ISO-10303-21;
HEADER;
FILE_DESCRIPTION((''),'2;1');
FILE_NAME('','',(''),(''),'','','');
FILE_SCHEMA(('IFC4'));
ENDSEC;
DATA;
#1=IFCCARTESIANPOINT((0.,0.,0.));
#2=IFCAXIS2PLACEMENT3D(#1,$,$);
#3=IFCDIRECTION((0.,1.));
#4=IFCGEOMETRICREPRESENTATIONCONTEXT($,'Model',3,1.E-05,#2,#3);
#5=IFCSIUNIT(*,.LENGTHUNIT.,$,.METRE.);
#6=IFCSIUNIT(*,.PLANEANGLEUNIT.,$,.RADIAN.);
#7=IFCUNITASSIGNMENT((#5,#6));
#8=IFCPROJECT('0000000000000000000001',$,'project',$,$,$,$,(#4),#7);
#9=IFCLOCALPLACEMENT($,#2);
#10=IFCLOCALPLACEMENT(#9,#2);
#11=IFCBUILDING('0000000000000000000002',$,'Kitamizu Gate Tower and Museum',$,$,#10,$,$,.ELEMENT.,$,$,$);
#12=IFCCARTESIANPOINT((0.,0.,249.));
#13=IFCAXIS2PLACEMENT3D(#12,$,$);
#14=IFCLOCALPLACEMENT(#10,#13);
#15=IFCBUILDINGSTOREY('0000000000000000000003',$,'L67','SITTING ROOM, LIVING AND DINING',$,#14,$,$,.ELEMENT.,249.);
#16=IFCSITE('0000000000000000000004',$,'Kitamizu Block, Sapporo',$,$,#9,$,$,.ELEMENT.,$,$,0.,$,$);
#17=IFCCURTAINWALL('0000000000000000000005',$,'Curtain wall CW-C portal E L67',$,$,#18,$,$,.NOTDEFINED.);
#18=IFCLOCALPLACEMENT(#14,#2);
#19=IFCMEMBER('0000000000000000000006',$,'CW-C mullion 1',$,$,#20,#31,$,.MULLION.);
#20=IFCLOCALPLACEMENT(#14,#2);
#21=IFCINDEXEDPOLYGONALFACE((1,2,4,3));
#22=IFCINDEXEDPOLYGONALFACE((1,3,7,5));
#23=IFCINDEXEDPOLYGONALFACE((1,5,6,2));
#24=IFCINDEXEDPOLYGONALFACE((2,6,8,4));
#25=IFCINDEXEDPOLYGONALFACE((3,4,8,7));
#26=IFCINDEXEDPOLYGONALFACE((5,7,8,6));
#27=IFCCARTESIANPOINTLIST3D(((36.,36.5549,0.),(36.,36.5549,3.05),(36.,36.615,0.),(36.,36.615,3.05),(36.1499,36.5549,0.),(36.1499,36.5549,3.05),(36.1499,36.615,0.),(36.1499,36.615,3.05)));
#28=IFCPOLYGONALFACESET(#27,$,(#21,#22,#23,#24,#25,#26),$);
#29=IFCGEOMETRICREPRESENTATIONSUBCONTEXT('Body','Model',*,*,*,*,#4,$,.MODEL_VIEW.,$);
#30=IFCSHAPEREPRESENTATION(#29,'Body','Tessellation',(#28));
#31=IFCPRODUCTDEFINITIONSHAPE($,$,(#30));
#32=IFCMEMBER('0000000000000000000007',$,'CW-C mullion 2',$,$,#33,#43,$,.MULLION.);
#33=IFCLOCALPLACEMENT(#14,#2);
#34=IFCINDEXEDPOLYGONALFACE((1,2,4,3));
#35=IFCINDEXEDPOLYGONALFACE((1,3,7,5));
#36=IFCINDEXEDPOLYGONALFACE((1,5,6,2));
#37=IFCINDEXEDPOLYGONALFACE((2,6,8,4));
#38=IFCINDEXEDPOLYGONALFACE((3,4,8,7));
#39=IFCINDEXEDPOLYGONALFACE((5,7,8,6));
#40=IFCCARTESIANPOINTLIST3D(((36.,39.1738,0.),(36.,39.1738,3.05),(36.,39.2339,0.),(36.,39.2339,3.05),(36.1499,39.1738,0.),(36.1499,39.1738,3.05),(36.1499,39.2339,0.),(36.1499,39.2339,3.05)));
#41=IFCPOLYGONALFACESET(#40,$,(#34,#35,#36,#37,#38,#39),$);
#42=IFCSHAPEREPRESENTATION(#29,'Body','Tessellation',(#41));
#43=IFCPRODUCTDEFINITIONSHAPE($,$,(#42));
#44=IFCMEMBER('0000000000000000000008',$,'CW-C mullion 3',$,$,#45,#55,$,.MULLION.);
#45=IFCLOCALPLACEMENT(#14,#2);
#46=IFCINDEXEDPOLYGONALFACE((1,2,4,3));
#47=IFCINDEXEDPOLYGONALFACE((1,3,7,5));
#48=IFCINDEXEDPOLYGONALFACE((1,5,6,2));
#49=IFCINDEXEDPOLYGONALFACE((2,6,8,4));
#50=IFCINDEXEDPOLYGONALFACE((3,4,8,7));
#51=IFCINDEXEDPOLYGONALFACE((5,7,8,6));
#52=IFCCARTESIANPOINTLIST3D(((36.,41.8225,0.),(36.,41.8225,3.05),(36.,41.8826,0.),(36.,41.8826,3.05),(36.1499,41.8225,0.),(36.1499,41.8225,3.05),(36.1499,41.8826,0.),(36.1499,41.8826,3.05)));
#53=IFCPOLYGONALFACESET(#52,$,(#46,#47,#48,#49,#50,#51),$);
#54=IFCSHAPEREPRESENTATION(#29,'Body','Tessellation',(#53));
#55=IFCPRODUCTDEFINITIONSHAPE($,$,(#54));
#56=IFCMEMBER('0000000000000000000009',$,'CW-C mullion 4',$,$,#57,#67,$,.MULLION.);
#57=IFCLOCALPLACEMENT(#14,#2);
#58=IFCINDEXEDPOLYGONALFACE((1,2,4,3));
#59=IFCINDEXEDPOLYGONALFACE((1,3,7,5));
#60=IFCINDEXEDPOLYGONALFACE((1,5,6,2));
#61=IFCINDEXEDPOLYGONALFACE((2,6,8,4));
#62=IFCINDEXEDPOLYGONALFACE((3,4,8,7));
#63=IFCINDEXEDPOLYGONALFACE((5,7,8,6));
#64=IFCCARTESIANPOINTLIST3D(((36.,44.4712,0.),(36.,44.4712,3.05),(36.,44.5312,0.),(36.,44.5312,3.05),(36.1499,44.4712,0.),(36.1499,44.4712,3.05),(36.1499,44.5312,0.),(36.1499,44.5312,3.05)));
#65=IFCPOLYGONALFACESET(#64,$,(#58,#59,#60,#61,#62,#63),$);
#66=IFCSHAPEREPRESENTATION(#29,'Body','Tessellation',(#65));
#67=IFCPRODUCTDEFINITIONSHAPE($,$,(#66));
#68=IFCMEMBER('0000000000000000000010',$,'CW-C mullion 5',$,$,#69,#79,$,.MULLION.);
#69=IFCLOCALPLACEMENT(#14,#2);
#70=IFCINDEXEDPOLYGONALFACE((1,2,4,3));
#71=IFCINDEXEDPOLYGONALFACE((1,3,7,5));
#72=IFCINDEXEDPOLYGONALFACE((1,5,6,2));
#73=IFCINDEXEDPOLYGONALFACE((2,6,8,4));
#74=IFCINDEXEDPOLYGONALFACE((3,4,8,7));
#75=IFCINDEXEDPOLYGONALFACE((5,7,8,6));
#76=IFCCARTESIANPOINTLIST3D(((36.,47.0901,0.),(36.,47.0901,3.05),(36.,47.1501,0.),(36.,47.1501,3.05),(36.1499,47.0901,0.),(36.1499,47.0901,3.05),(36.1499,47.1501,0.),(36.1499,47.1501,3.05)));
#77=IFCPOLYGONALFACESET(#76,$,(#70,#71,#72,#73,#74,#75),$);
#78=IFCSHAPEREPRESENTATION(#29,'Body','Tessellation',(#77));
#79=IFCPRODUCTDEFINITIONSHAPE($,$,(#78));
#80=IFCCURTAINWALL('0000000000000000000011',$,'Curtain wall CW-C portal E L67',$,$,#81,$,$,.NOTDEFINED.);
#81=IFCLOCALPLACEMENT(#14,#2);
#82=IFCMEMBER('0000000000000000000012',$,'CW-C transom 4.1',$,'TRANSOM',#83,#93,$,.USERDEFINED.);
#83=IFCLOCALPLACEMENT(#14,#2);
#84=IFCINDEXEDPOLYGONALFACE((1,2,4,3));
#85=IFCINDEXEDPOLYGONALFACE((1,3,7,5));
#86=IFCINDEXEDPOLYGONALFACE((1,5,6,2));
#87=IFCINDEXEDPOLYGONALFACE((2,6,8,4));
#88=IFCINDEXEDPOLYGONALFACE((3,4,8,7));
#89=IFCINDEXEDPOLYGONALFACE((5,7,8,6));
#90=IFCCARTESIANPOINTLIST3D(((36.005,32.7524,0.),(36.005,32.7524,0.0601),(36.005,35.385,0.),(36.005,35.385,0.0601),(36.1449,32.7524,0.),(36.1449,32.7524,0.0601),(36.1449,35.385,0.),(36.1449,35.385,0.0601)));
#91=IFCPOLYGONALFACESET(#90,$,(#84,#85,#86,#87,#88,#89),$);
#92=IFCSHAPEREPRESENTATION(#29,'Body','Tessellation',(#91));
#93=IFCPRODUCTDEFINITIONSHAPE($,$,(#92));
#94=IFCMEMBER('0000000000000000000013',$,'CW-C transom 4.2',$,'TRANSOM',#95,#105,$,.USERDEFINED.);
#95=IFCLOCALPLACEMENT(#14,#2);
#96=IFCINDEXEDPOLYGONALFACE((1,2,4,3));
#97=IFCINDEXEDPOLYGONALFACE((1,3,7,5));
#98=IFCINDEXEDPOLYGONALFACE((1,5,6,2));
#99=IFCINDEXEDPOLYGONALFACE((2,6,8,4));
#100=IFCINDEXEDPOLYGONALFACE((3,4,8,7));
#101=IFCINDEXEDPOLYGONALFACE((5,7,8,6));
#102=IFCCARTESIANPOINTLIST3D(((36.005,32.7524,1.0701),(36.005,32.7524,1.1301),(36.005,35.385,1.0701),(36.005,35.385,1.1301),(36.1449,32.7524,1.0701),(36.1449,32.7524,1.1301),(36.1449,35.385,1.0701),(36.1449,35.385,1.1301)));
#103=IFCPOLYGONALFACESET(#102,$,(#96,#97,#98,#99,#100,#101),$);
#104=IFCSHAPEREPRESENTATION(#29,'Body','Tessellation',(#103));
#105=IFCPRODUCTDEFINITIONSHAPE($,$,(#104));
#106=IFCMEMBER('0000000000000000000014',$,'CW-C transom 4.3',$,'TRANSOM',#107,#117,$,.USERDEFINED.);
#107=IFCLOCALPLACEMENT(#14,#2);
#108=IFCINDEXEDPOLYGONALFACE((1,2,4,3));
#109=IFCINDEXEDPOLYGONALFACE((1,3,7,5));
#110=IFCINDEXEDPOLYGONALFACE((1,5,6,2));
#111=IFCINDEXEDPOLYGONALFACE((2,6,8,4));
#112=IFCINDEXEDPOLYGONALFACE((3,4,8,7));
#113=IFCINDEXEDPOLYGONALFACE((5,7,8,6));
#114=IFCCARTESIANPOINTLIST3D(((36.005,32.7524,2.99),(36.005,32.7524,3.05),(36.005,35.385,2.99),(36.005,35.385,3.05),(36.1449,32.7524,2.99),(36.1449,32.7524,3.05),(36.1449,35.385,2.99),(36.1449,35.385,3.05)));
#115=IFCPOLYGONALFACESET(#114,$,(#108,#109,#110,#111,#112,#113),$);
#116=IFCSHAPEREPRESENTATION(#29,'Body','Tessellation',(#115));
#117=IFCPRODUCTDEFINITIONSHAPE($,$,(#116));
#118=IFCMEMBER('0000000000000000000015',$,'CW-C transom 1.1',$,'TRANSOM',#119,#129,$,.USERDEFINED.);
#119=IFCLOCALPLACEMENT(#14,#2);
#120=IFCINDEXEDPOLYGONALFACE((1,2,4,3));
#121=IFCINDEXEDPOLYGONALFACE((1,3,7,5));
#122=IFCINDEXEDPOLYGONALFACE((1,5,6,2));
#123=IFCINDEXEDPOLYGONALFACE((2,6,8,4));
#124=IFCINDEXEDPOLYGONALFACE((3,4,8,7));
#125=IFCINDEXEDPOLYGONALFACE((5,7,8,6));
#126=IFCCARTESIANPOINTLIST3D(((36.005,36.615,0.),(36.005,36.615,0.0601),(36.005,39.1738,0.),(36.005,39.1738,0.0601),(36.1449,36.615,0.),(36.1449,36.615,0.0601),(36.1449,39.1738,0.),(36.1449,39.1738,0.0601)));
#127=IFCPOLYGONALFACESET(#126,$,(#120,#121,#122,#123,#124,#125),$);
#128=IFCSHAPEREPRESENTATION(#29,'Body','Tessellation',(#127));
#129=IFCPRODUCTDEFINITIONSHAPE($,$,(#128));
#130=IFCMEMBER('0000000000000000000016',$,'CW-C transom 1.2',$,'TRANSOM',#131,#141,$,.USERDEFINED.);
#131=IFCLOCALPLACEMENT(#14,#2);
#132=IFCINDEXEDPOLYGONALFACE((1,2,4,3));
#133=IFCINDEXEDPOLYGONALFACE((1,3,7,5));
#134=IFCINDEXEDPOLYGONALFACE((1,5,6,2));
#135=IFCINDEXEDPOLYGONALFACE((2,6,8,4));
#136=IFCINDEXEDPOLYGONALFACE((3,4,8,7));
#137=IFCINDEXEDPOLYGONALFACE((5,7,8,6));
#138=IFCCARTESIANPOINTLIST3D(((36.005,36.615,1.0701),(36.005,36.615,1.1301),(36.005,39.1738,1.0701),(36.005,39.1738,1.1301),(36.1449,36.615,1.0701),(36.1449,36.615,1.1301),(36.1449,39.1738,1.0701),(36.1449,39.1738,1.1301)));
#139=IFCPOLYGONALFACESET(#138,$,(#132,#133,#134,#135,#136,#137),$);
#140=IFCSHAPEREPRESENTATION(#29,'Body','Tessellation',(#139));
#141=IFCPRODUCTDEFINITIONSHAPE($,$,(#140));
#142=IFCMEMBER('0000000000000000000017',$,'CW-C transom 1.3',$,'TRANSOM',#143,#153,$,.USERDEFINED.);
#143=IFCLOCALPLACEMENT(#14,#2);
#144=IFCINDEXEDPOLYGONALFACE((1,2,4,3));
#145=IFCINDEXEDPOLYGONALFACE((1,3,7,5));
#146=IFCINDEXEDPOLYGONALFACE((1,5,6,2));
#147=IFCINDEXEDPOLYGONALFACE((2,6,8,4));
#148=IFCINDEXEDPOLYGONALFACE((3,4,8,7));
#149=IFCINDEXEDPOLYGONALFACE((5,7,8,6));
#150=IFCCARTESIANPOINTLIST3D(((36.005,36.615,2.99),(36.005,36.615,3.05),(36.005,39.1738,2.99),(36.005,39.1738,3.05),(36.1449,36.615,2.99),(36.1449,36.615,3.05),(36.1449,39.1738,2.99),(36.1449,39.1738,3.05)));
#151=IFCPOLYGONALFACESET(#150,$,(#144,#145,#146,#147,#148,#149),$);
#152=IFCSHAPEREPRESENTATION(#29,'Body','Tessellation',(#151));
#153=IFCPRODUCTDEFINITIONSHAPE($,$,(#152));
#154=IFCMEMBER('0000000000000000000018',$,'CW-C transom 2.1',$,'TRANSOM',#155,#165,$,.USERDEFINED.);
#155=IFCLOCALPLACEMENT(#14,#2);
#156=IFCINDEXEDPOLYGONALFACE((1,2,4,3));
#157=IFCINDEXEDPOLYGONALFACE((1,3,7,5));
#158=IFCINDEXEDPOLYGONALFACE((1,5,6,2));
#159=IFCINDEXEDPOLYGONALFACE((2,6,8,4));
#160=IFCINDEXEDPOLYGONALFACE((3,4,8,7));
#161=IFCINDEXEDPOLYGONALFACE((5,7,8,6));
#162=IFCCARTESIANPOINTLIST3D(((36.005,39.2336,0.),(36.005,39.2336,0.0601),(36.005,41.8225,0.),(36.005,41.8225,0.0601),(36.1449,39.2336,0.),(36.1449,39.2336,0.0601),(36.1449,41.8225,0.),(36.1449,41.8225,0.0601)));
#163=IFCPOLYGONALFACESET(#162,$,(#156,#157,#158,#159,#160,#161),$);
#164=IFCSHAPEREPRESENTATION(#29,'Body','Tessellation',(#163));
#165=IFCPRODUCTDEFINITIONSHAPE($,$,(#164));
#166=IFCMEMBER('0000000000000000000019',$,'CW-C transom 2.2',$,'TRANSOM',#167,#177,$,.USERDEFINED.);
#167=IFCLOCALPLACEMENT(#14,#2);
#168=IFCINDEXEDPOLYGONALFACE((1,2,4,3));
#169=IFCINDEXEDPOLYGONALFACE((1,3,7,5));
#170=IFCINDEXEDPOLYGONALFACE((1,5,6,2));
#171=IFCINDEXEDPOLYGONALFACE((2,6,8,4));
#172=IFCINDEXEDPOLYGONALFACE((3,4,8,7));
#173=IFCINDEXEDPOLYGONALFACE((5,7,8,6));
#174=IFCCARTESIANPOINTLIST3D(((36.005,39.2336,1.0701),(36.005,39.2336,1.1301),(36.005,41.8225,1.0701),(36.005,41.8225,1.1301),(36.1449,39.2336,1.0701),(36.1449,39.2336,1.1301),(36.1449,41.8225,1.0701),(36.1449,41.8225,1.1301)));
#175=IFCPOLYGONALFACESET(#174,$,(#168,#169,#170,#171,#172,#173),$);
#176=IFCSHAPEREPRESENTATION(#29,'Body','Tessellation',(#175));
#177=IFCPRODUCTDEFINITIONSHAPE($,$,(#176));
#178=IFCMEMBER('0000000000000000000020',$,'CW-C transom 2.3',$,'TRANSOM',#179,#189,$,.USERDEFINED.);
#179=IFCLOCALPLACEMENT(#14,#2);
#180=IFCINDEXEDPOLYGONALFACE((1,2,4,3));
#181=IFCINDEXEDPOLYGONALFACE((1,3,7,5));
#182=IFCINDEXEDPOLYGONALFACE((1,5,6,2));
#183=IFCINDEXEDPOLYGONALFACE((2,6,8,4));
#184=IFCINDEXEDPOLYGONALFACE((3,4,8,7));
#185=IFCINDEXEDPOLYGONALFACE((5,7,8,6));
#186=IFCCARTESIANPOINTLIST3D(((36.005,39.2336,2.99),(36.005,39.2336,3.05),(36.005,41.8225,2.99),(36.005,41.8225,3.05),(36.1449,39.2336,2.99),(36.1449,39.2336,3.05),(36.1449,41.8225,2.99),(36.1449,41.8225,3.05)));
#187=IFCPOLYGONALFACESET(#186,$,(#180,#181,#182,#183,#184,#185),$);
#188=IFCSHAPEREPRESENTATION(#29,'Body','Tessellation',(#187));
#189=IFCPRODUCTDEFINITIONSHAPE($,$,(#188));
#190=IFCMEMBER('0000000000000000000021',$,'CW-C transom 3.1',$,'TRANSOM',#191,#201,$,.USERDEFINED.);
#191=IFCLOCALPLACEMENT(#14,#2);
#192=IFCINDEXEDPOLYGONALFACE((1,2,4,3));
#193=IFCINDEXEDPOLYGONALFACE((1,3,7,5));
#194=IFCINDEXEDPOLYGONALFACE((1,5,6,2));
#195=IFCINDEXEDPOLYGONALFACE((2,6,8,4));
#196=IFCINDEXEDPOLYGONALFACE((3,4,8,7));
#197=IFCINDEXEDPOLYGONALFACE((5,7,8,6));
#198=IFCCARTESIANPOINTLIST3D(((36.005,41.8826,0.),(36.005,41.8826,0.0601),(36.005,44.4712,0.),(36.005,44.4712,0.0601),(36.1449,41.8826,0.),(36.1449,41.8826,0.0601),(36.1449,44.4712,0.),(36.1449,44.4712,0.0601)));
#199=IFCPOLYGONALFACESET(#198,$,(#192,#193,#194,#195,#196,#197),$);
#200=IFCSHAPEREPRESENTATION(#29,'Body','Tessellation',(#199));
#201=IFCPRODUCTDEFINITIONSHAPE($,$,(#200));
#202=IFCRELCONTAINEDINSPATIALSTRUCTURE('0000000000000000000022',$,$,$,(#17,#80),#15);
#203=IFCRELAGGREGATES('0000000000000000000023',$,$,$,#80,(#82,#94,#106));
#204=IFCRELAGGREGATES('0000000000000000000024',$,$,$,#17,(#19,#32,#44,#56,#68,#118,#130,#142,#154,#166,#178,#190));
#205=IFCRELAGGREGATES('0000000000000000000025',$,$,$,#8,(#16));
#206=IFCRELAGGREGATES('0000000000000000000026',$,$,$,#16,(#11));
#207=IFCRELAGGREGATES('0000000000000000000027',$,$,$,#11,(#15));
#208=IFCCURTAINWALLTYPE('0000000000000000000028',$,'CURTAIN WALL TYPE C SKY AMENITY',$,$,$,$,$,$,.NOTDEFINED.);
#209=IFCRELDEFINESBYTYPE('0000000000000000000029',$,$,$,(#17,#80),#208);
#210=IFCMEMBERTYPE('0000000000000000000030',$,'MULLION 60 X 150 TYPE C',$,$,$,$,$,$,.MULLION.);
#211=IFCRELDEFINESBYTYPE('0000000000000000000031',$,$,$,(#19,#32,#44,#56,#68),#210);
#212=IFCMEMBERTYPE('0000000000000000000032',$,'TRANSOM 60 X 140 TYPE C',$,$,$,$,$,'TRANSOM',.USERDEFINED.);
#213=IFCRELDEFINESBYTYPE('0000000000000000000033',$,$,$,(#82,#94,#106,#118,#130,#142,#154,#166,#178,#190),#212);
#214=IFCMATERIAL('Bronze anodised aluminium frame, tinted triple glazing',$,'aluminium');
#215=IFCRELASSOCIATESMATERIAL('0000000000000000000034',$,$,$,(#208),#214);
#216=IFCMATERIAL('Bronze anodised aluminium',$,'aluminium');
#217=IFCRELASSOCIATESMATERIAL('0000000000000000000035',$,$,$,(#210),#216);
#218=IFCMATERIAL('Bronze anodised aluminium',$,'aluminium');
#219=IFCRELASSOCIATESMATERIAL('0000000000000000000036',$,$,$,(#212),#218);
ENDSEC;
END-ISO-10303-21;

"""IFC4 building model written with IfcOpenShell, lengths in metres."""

from ifc_helpers import new_model, si_unit, direction, frame, origin, origin_2d, place, context, subcontext, project, spatial, rectangle, extrude, material, material_profile, profile_set, type_object, element, aggregate, save


model = new_model("IFC4")

# Units and contexts
model_context = context("Model", 3, precision=1e-05, world=origin(), true_north=direction((0.0, 1.0)))
body_context = subcontext(model_context, "Body", "Model", "MODEL_VIEW")
ifc_project = project(units=[si_unit("LENGTHUNIT", "METRE"), si_unit("PLANEANGLEUNIT", "RADIAN")], contexts=[model_context])

# Site, building, storey
site_placement = place(None, origin())
site = spatial("IfcSite", under=ifc_project, at=site_placement, Name="Kitamizu Block, Sapporo", CompositionType="ELEMENT", RefElevation=0.0)
building_placement = place(site_placement, origin())
building = spatial("IfcBuilding", under=site, at=building_placement, Name="Kitamizu Gate Tower and Museum", CompositionType="ELEMENT")
storey_placement = place(building_placement, frame((0.0, 0.0, 249.0)))
storey = spatial("IfcBuildingStorey", under=building, at=storey_placement, Name="L67", Description="SITTING ROOM, LIVING AND DINING", CompositionType="ELEMENT", Elevation=249.0)

# Curtain walls, members
ifc_material_1 = material(Name="Bronze anodised aluminium frame, tinted triple glazing", Category="aluminium")
curtain_wall_type = type_object("IfcCurtainWallType", Name="CURTAIN WALL TYPE C SKY AMENITY", PredefinedType="NOTDEFINED", material=ifc_material_1)
curtain_wall_1_placement = place(storey_placement, origin())
curtain_wall_1 = element("IfcCurtainWall", 1, at=curtain_wall_1_placement, inside=storey, type_object=curtain_wall_type, Name="Curtain wall CW-C portal E L67", PredefinedType="NOTDEFINED")
ifc_material_2 = material(Name="Bronze anodised aluminium", Category="aluminium")
ifc_material_profile_1 = material_profile(ifc_material_2, rectangle(XDim=0.0601, YDim=0.1499, at=origin_2d()), Name="AL 60X150")
ifc_profile_set_1 = profile_set([ifc_material_profile_1], Name="Bronze anodised aluminium")
member_type_1 = type_object("IfcMemberType", Name="MULLION 60 X 150 TYPE C", PredefinedType="MULLION", material=ifc_profile_set_1)
member_1_placement = place(storey_placement, frame((36.075, 36.585, 0.0), z_axis=(0.0, 0.0, 1.0), x_axis=(0.0, 1.0, 0.0)))
member_1 = element("IfcMember", 2, at=member_1_placement, type_object=member_type_1, Name="CW-C mullion 1", PredefinedType="MULLION", context=body_context, shape_type="SweptSolid", body=[
    extrude(rectangle(XDim=0.0601, YDim=0.1499, at=origin_2d()), origin(), (0.0, 0.0, 1.0), 3.05),
])
member_2_placement = place(storey_placement, frame((36.075, 39.2039, 0.0), z_axis=(0.0, 0.0, 1.0), x_axis=(0.0, 1.0, 0.0)))
member_2 = element("IfcMember", 3, at=member_2_placement, type_object=member_type_1, Name="CW-C mullion 2", PredefinedType="MULLION", context=body_context, shape_type="SweptSolid", body=[
    extrude(rectangle(XDim=0.0601, YDim=0.1499, at=origin_2d()), origin(), (0.0, 0.0, 1.0), 3.05),
])
member_3_placement = place(storey_placement, frame((36.075, 41.8525, 0.0), z_axis=(0.0, 0.0, 1.0), x_axis=(0.0, 1.0, 0.0)))
member_3 = element("IfcMember", 4, at=member_3_placement, type_object=member_type_1, Name="CW-C mullion 3", PredefinedType="MULLION", context=body_context, shape_type="SweptSolid", body=[
    extrude(rectangle(XDim=0.0601, YDim=0.1499, at=origin_2d()), origin(), (0.0, 0.0, 1.0), 3.05),
])
member_4_placement = place(storey_placement, frame((36.075, 44.5012, 0.0), z_axis=(0.0, 0.0, 1.0), x_axis=(0.0, 1.0, 0.0)))
member_4 = element("IfcMember", 5, at=member_4_placement, type_object=member_type_1, Name="CW-C mullion 4", PredefinedType="MULLION", context=body_context, shape_type="SweptSolid", body=[
    extrude(rectangle(XDim=0.0601, YDim=0.1499, at=origin_2d()), origin(), (0.0, 0.0, 1.0), 3.05),
])
member_5_placement = place(storey_placement, frame((36.075, 47.1201, 0.0), z_axis=(0.0, 0.0, 1.0), x_axis=(0.0, 1.0, 0.0)))
member_5 = element("IfcMember", 6, at=member_5_placement, type_object=member_type_1, Name="CW-C mullion 5", PredefinedType="MULLION", context=body_context, shape_type="SweptSolid", body=[
    extrude(rectangle(XDim=0.0601, YDim=0.1499, at=origin_2d()), origin(), (0.0, 0.0, 1.0), 3.05),
])
curtain_wall_2_placement = place(storey_placement, origin())
curtain_wall_2 = element("IfcCurtainWall", 7, at=curtain_wall_2_placement, inside=storey, type_object=curtain_wall_type, Name="Curtain wall CW-C portal E L67", PredefinedType="NOTDEFINED")
ifc_material_3 = material(Name="Bronze anodised aluminium", Category="aluminium")
ifc_material_profile_2 = material_profile(ifc_material_3, rectangle(XDim=0.1399, YDim=0.0601, at=origin_2d()), Name="AL 60X140")
ifc_profile_set_2 = profile_set([ifc_material_profile_2], Name="Bronze anodised aluminium")
member_type_2 = type_object("IfcMemberType", Name="TRANSOM 60 X 140 TYPE C", ElementType="TRANSOM", PredefinedType="USERDEFINED", material=ifc_profile_set_2)
member_6_placement = place(storey_placement, frame((36.075, 32.7524, 0.03), z_axis=(0.0, 1.0, 0.0), x_axis=(-1.0, 0.0, 0.0)))
member_6 = element("IfcMember", 8, at=member_6_placement, type_object=member_type_2, Name="CW-C transom 4.1", ObjectType="TRANSOM", PredefinedType="USERDEFINED", context=body_context, shape_type="SweptSolid", body=[
    extrude(rectangle(XDim=0.1399, YDim=0.0601, at=origin_2d()), origin(), (0.0, 0.0, 1.0), 2.6326),
])
member_7_placement = place(storey_placement, frame((36.075, 32.7524, 1.1001), z_axis=(0.0, 1.0, 0.0), x_axis=(-1.0, 0.0, 0.0)))
member_7 = element("IfcMember", 9, at=member_7_placement, type_object=member_type_2, Name="CW-C transom 4.2", ObjectType="TRANSOM", PredefinedType="USERDEFINED", context=body_context, shape_type="SweptSolid", body=[
    extrude(rectangle(XDim=0.1399, YDim=0.0601, at=origin_2d()), origin(), (0.0, 0.0, 1.0), 2.6326),
])
member_8_placement = place(storey_placement, frame((36.075, 32.7524, 3.02), z_axis=(0.0, 1.0, 0.0), x_axis=(-1.0, 0.0, 0.0)))
member_8 = element("IfcMember", 10, at=member_8_placement, type_object=member_type_2, Name="CW-C transom 4.3", ObjectType="TRANSOM", PredefinedType="USERDEFINED", context=body_context, shape_type="SweptSolid", body=[
    extrude(rectangle(XDim=0.1399, YDim=0.0601, at=origin_2d()), origin(), (0.0, 0.0, 1.0), 2.6326),
])

# Members
member_9_placement = place(storey_placement, frame((36.075, 36.615, 0.03), z_axis=(0.0, 1.0, 0.0), x_axis=(-1.0, 0.0, 0.0)))
member_9 = element("IfcMember", 11, at=member_9_placement, type_object=member_type_2, Name="CW-C transom 1.1", ObjectType="TRANSOM", PredefinedType="USERDEFINED", context=body_context, shape_type="SweptSolid", body=[
    extrude(rectangle(XDim=0.1399, YDim=0.0601, at=origin_2d()), origin(), (0.0, 0.0, 1.0), 2.5588),
])
member_10_placement = place(storey_placement, frame((36.075, 36.615, 1.1001), z_axis=(0.0, 1.0, 0.0), x_axis=(-1.0, 0.0, 0.0)))
member_10 = element("IfcMember", 12, at=member_10_placement, type_object=member_type_2, Name="CW-C transom 1.2", ObjectType="TRANSOM", PredefinedType="USERDEFINED", context=body_context, shape_type="SweptSolid", body=[
    extrude(rectangle(XDim=0.1399, YDim=0.0601, at=origin_2d()), origin(), (0.0, 0.0, 1.0), 2.5588),
])
member_11_placement = place(storey_placement, frame((36.075, 36.615, 3.02), z_axis=(0.0, 1.0, 0.0), x_axis=(-1.0, 0.0, 0.0)))
member_11 = element("IfcMember", 13, at=member_11_placement, type_object=member_type_2, Name="CW-C transom 1.3", ObjectType="TRANSOM", PredefinedType="USERDEFINED", context=body_context, shape_type="SweptSolid", body=[
    extrude(rectangle(XDim=0.1399, YDim=0.0601, at=origin_2d()), origin(), (0.0, 0.0, 1.0), 2.5588),
])
member_12_placement = place(storey_placement, frame((36.075, 39.2336, 0.03), z_axis=(0.0, 1.0, 0.0), x_axis=(-1.0, 0.0, 0.0)))
member_12 = element("IfcMember", 14, at=member_12_placement, type_object=member_type_2, Name="CW-C transom 2.1", ObjectType="TRANSOM", PredefinedType="USERDEFINED", context=body_context, shape_type="SweptSolid", body=[
    extrude(rectangle(XDim=0.1399, YDim=0.0601, at=origin_2d()), origin(), (0.0, 0.0, 1.0), 2.5889),
])
member_13_placement = place(storey_placement, frame((36.075, 39.2336, 1.1001), z_axis=(0.0, 1.0, 0.0), x_axis=(-1.0, 0.0, 0.0)))
member_13 = element("IfcMember", 15, at=member_13_placement, type_object=member_type_2, Name="CW-C transom 2.2", ObjectType="TRANSOM", PredefinedType="USERDEFINED", context=body_context, shape_type="SweptSolid", body=[
    extrude(rectangle(XDim=0.1399, YDim=0.0601, at=origin_2d()), origin(), (0.0, 0.0, 1.0), 2.5889),
])
member_14_placement = place(storey_placement, frame((36.075, 39.2336, 3.02), z_axis=(0.0, 1.0, 0.0), x_axis=(-1.0, 0.0, 0.0)))
member_14 = element("IfcMember", 16, at=member_14_placement, type_object=member_type_2, Name="CW-C transom 2.3", ObjectType="TRANSOM", PredefinedType="USERDEFINED", context=body_context, shape_type="SweptSolid", body=[
    extrude(rectangle(XDim=0.1399, YDim=0.0601, at=origin_2d()), origin(), (0.0, 0.0, 1.0), 2.5889),
])
member_15_placement = place(storey_placement, frame((36.075, 41.8826, 0.03), z_axis=(0.0, 1.0, 0.0), x_axis=(-1.0, 0.0, 0.0)))
member_15 = element("IfcMember", 17, at=member_15_placement, type_object=member_type_2, Name="CW-C transom 3.1", ObjectType="TRANSOM", PredefinedType="USERDEFINED", context=body_context, shape_type="SweptSolid", body=[
    extrude(rectangle(XDim=0.1399, YDim=0.0601, at=origin_2d()), origin(), (0.0, 0.0, 1.0), 2.5886),
])

aggregate(curtain_wall_2, [member_6, member_7, member_8])
aggregate(curtain_wall_1, [member_1, member_2, member_3, member_4, member_5, member_9, member_10, member_11, member_12, member_13, member_14, member_15])

save(model, "model.ifc")
